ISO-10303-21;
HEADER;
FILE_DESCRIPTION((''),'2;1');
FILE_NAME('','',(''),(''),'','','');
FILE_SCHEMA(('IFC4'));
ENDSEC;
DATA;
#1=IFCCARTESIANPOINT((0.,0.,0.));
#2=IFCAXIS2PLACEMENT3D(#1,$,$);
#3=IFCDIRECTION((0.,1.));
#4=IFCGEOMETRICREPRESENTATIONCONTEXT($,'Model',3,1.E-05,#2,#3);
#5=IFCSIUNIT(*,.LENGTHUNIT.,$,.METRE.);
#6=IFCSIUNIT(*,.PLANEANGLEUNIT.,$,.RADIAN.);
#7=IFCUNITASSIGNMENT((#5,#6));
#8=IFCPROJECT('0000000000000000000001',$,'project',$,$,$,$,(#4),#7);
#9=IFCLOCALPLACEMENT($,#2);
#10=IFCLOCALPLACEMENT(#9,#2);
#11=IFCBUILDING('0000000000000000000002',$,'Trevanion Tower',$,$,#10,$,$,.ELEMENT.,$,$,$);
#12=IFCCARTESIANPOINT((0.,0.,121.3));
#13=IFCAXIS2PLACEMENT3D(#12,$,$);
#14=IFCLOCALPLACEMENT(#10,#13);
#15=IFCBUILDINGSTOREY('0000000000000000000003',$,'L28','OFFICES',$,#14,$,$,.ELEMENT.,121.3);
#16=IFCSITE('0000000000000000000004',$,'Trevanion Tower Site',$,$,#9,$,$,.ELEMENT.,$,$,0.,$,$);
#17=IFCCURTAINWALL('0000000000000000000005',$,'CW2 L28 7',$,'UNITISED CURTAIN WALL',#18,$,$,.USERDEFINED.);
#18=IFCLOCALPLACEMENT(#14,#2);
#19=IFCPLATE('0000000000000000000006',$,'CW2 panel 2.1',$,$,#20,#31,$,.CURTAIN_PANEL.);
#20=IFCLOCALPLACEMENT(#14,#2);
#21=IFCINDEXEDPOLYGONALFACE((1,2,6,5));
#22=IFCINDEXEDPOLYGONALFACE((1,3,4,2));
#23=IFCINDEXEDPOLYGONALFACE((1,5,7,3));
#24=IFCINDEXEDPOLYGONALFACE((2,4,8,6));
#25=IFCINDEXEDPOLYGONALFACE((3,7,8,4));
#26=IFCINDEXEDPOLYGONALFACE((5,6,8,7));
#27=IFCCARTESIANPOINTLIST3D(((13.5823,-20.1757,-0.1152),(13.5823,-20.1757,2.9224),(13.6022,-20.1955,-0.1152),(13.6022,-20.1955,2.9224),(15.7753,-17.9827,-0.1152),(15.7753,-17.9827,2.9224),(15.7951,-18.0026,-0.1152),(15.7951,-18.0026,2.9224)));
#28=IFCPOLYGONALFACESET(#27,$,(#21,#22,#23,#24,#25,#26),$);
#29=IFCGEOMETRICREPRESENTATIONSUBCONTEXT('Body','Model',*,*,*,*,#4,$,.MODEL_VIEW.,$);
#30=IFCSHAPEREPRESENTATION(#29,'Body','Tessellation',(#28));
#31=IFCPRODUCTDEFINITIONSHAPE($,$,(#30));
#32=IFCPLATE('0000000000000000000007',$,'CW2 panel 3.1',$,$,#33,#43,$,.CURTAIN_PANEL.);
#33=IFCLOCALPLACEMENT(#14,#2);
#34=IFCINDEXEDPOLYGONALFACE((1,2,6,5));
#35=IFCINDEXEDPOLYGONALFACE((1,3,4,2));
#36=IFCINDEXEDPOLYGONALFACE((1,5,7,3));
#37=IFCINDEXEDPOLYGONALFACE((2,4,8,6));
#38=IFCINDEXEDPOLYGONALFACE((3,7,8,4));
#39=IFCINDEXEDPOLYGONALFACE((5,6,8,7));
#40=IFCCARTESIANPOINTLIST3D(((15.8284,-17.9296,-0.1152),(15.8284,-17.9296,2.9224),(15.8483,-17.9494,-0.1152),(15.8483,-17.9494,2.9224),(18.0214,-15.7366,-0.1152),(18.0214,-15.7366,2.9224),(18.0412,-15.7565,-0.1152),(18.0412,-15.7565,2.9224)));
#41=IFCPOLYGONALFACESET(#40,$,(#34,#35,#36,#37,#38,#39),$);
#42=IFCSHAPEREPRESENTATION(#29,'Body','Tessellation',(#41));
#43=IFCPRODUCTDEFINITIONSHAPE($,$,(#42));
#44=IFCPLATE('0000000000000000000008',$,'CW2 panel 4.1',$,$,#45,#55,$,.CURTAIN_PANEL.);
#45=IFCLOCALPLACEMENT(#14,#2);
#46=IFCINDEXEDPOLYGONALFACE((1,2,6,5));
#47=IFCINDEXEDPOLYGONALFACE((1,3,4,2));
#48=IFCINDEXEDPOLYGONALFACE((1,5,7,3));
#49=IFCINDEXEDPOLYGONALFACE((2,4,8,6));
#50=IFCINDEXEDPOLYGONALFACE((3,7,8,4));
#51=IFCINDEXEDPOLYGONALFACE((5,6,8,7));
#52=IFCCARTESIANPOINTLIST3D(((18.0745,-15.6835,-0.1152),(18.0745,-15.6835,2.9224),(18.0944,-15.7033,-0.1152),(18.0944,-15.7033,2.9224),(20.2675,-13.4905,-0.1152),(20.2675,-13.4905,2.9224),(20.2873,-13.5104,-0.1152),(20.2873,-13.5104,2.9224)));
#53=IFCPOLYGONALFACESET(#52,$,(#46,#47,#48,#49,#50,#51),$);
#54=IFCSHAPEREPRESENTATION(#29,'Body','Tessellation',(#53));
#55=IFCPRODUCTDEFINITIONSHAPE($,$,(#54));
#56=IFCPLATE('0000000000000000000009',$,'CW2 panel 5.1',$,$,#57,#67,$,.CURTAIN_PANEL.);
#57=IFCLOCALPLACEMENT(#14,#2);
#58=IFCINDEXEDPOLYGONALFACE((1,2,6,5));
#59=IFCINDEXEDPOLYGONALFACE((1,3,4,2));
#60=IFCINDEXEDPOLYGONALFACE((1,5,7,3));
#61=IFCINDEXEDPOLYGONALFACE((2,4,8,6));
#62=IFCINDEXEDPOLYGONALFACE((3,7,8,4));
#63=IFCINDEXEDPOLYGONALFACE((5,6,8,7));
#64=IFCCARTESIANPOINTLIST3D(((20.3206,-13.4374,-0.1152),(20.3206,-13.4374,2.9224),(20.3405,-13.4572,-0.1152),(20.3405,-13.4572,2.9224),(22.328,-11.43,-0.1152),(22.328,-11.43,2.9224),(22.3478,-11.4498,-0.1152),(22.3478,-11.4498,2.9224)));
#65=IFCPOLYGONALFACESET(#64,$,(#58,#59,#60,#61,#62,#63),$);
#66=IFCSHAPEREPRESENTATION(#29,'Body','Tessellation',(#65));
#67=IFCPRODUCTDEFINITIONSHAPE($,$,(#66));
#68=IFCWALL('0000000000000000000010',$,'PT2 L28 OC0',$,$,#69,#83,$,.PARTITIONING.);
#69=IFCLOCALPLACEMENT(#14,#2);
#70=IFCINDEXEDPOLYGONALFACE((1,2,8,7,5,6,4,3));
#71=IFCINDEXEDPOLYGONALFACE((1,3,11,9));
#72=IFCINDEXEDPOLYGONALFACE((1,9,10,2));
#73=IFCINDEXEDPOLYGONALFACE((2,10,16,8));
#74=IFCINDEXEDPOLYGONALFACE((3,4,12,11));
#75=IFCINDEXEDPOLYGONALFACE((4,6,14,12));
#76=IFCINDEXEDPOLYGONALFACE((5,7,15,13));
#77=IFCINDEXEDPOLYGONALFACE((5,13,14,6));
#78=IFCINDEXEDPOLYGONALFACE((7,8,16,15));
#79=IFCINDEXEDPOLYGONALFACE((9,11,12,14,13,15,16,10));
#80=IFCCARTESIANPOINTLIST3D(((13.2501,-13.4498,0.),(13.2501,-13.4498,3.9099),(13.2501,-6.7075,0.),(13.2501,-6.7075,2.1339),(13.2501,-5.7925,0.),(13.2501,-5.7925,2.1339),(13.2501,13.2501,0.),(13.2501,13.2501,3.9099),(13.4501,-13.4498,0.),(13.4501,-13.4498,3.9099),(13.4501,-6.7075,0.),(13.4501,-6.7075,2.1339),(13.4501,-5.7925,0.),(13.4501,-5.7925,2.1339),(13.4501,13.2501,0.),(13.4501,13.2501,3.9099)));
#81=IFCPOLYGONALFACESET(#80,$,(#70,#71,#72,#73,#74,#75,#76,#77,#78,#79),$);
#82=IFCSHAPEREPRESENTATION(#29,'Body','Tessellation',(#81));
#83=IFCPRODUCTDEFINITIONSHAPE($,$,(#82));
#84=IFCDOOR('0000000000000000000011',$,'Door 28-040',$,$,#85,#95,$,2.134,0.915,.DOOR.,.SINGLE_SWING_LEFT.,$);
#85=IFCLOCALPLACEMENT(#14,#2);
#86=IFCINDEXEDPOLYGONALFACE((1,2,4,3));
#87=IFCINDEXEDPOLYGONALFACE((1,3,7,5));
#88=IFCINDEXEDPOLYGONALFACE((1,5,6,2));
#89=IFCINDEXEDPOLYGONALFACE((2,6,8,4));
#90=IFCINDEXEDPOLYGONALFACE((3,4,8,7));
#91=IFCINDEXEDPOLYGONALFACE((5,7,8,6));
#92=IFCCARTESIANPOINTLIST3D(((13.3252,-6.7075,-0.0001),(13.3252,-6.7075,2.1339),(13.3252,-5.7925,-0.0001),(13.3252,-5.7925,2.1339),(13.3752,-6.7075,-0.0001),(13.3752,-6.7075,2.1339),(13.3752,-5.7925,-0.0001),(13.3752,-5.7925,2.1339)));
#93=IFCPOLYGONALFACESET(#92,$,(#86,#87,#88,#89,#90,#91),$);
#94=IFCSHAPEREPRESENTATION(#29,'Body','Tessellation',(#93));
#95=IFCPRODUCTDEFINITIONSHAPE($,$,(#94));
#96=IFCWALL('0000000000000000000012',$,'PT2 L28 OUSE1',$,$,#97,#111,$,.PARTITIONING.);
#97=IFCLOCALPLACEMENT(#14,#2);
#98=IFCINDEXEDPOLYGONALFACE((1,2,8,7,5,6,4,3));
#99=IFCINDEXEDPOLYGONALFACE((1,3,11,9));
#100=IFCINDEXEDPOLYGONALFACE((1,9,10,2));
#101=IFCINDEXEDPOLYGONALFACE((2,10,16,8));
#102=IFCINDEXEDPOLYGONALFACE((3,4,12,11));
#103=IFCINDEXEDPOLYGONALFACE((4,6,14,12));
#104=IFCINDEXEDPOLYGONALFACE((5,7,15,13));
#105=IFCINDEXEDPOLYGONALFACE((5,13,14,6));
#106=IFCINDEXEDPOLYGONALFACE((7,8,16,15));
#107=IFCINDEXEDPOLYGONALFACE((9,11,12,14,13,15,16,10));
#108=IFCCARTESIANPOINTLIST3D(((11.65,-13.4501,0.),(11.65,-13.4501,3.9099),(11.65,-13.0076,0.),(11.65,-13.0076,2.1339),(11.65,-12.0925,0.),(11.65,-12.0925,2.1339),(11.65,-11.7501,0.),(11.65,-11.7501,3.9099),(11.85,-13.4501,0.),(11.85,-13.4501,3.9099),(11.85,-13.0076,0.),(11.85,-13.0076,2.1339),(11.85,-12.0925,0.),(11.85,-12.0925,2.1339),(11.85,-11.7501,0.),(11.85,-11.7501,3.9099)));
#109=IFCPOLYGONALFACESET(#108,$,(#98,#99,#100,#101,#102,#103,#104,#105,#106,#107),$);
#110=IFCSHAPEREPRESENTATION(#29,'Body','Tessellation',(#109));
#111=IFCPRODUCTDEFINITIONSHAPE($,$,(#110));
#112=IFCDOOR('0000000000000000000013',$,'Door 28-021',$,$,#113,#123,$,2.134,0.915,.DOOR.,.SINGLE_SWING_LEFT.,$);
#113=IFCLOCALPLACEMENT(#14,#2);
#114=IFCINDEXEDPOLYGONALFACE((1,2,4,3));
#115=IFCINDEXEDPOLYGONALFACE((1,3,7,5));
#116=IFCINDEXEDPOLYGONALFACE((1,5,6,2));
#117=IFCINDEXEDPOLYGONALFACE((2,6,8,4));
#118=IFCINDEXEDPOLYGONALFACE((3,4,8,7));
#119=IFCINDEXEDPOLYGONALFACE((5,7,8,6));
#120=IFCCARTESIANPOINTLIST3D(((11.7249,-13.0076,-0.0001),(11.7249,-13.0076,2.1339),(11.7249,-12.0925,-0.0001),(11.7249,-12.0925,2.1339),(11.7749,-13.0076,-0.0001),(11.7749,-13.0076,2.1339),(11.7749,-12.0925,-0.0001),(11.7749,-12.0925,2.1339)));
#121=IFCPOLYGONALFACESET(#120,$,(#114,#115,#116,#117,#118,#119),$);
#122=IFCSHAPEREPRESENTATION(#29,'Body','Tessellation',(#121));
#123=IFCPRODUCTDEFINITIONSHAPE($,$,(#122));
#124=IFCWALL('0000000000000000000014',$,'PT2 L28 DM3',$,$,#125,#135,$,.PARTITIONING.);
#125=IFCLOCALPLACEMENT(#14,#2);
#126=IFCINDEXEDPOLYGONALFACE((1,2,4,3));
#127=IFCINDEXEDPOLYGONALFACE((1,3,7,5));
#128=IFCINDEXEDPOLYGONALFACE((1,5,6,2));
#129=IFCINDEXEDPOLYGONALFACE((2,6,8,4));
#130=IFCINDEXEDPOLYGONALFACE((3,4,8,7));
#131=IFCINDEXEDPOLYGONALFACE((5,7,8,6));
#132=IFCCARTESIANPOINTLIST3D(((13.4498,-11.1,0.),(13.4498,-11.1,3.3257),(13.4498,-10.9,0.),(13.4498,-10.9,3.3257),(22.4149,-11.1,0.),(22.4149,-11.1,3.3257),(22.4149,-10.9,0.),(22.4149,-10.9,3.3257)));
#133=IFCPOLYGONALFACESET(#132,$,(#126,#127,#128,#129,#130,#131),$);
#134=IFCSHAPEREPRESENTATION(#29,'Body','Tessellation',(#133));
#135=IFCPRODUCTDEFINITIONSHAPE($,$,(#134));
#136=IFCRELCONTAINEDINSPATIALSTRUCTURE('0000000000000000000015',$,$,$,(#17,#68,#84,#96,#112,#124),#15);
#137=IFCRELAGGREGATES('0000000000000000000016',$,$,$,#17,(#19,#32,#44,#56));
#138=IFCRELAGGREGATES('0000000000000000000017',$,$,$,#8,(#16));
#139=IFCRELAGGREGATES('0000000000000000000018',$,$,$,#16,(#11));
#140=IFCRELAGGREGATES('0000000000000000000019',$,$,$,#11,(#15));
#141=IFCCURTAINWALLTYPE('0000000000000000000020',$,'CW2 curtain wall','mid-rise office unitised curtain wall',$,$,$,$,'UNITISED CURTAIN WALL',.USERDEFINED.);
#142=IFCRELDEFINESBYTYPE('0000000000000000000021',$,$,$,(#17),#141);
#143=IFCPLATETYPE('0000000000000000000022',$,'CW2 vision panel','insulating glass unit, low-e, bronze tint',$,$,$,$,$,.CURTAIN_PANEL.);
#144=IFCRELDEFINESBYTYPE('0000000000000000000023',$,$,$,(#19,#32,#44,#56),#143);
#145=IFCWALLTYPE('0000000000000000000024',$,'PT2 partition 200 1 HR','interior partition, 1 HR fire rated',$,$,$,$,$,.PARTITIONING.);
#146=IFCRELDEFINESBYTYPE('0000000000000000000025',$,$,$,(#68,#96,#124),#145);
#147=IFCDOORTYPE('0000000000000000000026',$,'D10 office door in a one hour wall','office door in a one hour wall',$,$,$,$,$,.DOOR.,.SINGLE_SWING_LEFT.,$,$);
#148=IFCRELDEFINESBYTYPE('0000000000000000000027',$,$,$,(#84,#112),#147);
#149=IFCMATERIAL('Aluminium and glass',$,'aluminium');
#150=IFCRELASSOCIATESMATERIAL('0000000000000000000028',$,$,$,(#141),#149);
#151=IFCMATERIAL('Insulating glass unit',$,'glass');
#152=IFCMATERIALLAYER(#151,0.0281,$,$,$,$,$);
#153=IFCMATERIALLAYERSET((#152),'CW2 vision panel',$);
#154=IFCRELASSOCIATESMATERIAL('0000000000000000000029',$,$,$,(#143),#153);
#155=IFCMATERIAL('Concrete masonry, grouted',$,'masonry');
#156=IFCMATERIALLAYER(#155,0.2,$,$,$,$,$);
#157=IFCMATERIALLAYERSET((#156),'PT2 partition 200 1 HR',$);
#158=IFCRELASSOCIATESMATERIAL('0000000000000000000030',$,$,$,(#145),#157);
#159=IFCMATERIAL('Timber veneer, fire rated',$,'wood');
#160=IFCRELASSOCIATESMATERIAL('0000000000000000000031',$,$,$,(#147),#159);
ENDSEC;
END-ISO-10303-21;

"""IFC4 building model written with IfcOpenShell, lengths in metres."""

from ifc_helpers import new_model, si_unit, direction, frame, frame_2d, origin, origin_2d, place, context, subcontext, project, spatial, rectangle, extrude, material, layer, layer_set, type_object, element, fill, aggregate, save


model = new_model("IFC4")

# Units and contexts
model_context = context("Model", 3, precision=1e-05, world=origin(), true_north=direction((0.0, 1.0)))
body_context = subcontext(model_context, "Body", "Model", "MODEL_VIEW")
ifc_project = project(units=[si_unit("LENGTHUNIT", "METRE"), si_unit("PLANEANGLEUNIT", "RADIAN")], contexts=[model_context])

# Site, building, storey
site_placement = place(None, origin())
site = spatial("IfcSite", under=ifc_project, at=site_placement, Name="Trevanion Tower Site", CompositionType="ELEMENT", RefElevation=0.0)
building_placement = place(site_placement, origin())
building = spatial("IfcBuilding", under=site, at=building_placement, Name="Trevanion Tower", CompositionType="ELEMENT")
storey_placement = place(building_placement, frame((0.0, 0.0, 121.3)))
storey = spatial("IfcBuildingStorey", under=building, at=storey_placement, Name="L28", Description="OFFICES", CompositionType="ELEMENT", Elevation=121.3)

# Curtain wall
ifc_material_1 = material(Name="Aluminium and glass", Category="aluminium")
curtain_wall_type = type_object("IfcCurtainWallType", Name="CW2 curtain wall", Description="mid-rise office unitised curtain wall", ElementType="UNITISED CURTAIN WALL", PredefinedType="USERDEFINED", material=ifc_material_1)
curtain_wall_placement = place(storey_placement, origin())
curtain_wall = element("IfcCurtainWall", 1, at=curtain_wall_placement, inside=storey, type_object=curtain_wall_type, Name="CW2 L28 7", ObjectType="UNITISED CURTAIN WALL", PredefinedType="USERDEFINED")

# Plates
ifc_material_2 = material(Name="Insulating glass unit", Category="glass")
ifc_layer_1 = layer(ifc_material_2, 0.0281)
ifc_layer_set_1 = layer_set([ifc_layer_1], Name="CW2 vision panel")
plate_type_1 = type_object("IfcPlateType", Name="CW2 vision panel", Description="insulating glass unit, low-e, bronze tint", PredefinedType="CURTAIN_PANEL", material=ifc_layer_set_1)
plate_1_placement = place(storey_placement, frame((14.6887, -19.0891, -0.1152), z_axis=(0.0, 0.0, 1.0), x_axis=(0.707107, 0.707107, 0.0)))
plate_1 = element("IfcPlate", 2, at=plate_1_placement, type_object=plate_type_1, Name="CW2 panel 2.1", PredefinedType="CURTAIN_PANEL", context=body_context, shape_type="SweptSolid", body=[
    extrude(rectangle(XDim=3.1013, YDim=0.0281, at=origin_2d()), origin(), (0.0, 0.0, 1.0), 3.0376),
])
plate_2_placement = place(storey_placement, frame((16.9348, -16.843, -0.1152), z_axis=(0.0, 0.0, 1.0), x_axis=(0.707107, 0.707107, 0.0)))
plate_2 = element("IfcPlate", 3, at=plate_2_placement, type_object=plate_type_1, Name="CW2 panel 3.1", PredefinedType="CURTAIN_PANEL", context=body_context, shape_type="SweptSolid", body=[
    extrude(rectangle(XDim=3.1013, YDim=0.0281, at=origin_2d()), origin(), (0.0, 0.0, 1.0), 3.0376),
])
plate_3_placement = place(storey_placement, frame((19.1809, -14.5969, -0.1152), z_axis=(0.0, 0.0, 1.0), x_axis=(0.707107, 0.707107, 0.0)))
plate_3 = element("IfcPlate", 4, at=plate_3_placement, type_object=plate_type_1, Name="CW2 panel 4.1", PredefinedType="CURTAIN_PANEL", context=body_context, shape_type="SweptSolid", body=[
    extrude(rectangle(XDim=3.1013, YDim=0.0281, at=origin_2d()), origin(), (0.0, 0.0, 1.0), 3.0376),
])
plate_4_placement = place(storey_placement, frame((21.3342, -12.4436, -0.1152), z_axis=(0.0, 0.0, 1.0), x_axis=(0.707107, 0.707107, 0.0)))
plate_4 = element("IfcPlate", 5, at=plate_4_placement, type_object=plate_type_1, Name="CW2 panel 5.1", PredefinedType="CURTAIN_PANEL", context=body_context, shape_type="SweptSolid", body=[
    extrude(rectangle(XDim=2.8389, YDim=0.0281, at=origin_2d()), origin(), (0.0, 0.0, 1.0), 3.0376),
])
aggregate(curtain_wall, [plate_1, plate_2, plate_3, plate_4])

# Walls, openings, doors
ifc_material_3 = material(Name="Concrete masonry, grouted", Category="masonry")
ifc_layer_2 = layer(ifc_material_3, 0.2)
ifc_layer_set_2 = layer_set([ifc_layer_2], Name="PT2 partition 200 1 HR")
wall_type = type_object("IfcWallType", Name="PT2 partition 200 1 HR", Description="interior partition, 1 HR fire rated", PredefinedType="PARTITIONING", material=ifc_layer_set_2)
wall_1_placement = place(storey_placement, frame((13.3501, -13.45, 0.0), z_axis=(0.0, 0.0, 1.0), x_axis=(0.0, 1.0, 0.0)))
wall_1 = element("IfcWall", 6, at=wall_1_placement, inside=storey, type_object=wall_type, Name="PT2 L28 OC0", PredefinedType="PARTITIONING", context=body_context, shape_type="SweptSolid", body=[
    extrude(rectangle(XDim=26.7, YDim=0.2, at=frame_2d((13.3501, 0.0))), origin(), (0.0, 0.0, 1.0), 3.9099),
])
opening_1_placement = place(wall_1_placement, frame((6.7424, 0.0, 0.0)))
opening_1 = element("IfcOpeningElement", 7, at=opening_1_placement, cuts=wall_1, PredefinedType="OPENING", context=body_context, shape_type="SweptSolid", body=[
    extrude(rectangle(XDim=0.915, YDim=2.134, at=frame_2d((0.4575, 1.0669))), frame((0.0, 0.1099, 0.0), z_axis=(0.0, -1.0, 0.0), x_axis=(1.0, 0.0, 0.0)), (0.0, 0.0, 1.0), 0.22),
])
ifc_material_4 = material(Name="Timber veneer, fire rated", Category="wood")
door_type = type_object("IfcDoorType", Name="D10 office door in a one hour wall", Description="office door in a one hour wall", OperationType="SINGLE_SWING_LEFT", PredefinedType="DOOR", material=ifc_material_4)
door_1_placement = place(opening_1_placement, origin())
door_1 = element("IfcDoor", 8, at=door_1_placement, inside=storey, type_object=door_type, Name="Door 28-040", OperationType="SINGLE_SWING_LEFT", OverallHeight=2.134, OverallWidth=0.915, PredefinedType="DOOR", context=body_context, shape_type="SweptSolid", body=[
    extrude(rectangle(XDim=0.915, YDim=2.134, at=frame_2d((0.4575, 1.0669))), frame((0.0, 0.0249, 0.0), z_axis=(0.0, -1.0, 0.0), x_axis=(1.0, 0.0, 0.0)), (0.0, 0.0, 1.0), 0.05),
])
fill(opening_1, door_1)
wall_2_placement = place(storey_placement, frame((11.75, -11.75, 0.0), z_axis=(0.0, 0.0, 1.0), x_axis=(0.0, -1.0, 0.0)))
wall_2 = element("IfcWall", 9, at=wall_2_placement, inside=storey, type_object=wall_type, Name="PT2 L28 OUSE1", PredefinedType="PARTITIONING", context=body_context, shape_type="SweptSolid", body=[
    extrude(rectangle(XDim=1.7, YDim=0.2, at=frame_2d((0.8501, 0.0))), origin(), (0.0, 0.0, 1.0), 3.9099),
])
opening_2_placement = place(wall_2_placement, frame((0.3425, 0.0, 0.0)))
opening_2 = element("IfcOpeningElement", 10, at=opening_2_placement, cuts=wall_2, PredefinedType="OPENING", context=body_context, shape_type="SweptSolid", body=[
    extrude(rectangle(XDim=0.915, YDim=2.134, at=frame_2d((0.4575, 1.0669))), frame((0.0, 0.1099, 0.0), z_axis=(0.0, -1.0, 0.0), x_axis=(1.0, 0.0, 0.0)), (0.0, 0.0, 1.0), 0.22),
])
door_2_placement = place(opening_2_placement, origin())
door_2 = element("IfcDoor", 11, at=door_2_placement, inside=storey, type_object=door_type, Name="Door 28-021", OperationType="SINGLE_SWING_LEFT", OverallHeight=2.134, OverallWidth=0.915, PredefinedType="DOOR", context=body_context, shape_type="SweptSolid", body=[
    extrude(rectangle(XDim=0.915, YDim=2.134, at=frame_2d((0.4575, 1.0669))), frame((0.0, 0.0249, 0.0), z_axis=(0.0, -1.0, 0.0), x_axis=(1.0, 0.0, 0.0)), (0.0, 0.0, 1.0), 0.05),
])
fill(opening_2, door_2)

# Wall
wall_3_placement = place(storey_placement, frame((13.45, -11.0, 0.0), z_axis=(0.0, 0.0, 1.0), x_axis=(1.0, 0.0, 0.0)))
element("IfcWall", 12, at=wall_3_placement, inside=storey, type_object=wall_type, Name="PT2 L28 DM3", PredefinedType="PARTITIONING", context=body_context, shape_type="SweptSolid", body=[
    extrude(rectangle(XDim=8.9651, YDim=0.2, at=frame_2d((4.4824, 0.0))), origin(), (0.0, 0.0, 1.0), 3.3257),
])

save(model, "model.ifc")
